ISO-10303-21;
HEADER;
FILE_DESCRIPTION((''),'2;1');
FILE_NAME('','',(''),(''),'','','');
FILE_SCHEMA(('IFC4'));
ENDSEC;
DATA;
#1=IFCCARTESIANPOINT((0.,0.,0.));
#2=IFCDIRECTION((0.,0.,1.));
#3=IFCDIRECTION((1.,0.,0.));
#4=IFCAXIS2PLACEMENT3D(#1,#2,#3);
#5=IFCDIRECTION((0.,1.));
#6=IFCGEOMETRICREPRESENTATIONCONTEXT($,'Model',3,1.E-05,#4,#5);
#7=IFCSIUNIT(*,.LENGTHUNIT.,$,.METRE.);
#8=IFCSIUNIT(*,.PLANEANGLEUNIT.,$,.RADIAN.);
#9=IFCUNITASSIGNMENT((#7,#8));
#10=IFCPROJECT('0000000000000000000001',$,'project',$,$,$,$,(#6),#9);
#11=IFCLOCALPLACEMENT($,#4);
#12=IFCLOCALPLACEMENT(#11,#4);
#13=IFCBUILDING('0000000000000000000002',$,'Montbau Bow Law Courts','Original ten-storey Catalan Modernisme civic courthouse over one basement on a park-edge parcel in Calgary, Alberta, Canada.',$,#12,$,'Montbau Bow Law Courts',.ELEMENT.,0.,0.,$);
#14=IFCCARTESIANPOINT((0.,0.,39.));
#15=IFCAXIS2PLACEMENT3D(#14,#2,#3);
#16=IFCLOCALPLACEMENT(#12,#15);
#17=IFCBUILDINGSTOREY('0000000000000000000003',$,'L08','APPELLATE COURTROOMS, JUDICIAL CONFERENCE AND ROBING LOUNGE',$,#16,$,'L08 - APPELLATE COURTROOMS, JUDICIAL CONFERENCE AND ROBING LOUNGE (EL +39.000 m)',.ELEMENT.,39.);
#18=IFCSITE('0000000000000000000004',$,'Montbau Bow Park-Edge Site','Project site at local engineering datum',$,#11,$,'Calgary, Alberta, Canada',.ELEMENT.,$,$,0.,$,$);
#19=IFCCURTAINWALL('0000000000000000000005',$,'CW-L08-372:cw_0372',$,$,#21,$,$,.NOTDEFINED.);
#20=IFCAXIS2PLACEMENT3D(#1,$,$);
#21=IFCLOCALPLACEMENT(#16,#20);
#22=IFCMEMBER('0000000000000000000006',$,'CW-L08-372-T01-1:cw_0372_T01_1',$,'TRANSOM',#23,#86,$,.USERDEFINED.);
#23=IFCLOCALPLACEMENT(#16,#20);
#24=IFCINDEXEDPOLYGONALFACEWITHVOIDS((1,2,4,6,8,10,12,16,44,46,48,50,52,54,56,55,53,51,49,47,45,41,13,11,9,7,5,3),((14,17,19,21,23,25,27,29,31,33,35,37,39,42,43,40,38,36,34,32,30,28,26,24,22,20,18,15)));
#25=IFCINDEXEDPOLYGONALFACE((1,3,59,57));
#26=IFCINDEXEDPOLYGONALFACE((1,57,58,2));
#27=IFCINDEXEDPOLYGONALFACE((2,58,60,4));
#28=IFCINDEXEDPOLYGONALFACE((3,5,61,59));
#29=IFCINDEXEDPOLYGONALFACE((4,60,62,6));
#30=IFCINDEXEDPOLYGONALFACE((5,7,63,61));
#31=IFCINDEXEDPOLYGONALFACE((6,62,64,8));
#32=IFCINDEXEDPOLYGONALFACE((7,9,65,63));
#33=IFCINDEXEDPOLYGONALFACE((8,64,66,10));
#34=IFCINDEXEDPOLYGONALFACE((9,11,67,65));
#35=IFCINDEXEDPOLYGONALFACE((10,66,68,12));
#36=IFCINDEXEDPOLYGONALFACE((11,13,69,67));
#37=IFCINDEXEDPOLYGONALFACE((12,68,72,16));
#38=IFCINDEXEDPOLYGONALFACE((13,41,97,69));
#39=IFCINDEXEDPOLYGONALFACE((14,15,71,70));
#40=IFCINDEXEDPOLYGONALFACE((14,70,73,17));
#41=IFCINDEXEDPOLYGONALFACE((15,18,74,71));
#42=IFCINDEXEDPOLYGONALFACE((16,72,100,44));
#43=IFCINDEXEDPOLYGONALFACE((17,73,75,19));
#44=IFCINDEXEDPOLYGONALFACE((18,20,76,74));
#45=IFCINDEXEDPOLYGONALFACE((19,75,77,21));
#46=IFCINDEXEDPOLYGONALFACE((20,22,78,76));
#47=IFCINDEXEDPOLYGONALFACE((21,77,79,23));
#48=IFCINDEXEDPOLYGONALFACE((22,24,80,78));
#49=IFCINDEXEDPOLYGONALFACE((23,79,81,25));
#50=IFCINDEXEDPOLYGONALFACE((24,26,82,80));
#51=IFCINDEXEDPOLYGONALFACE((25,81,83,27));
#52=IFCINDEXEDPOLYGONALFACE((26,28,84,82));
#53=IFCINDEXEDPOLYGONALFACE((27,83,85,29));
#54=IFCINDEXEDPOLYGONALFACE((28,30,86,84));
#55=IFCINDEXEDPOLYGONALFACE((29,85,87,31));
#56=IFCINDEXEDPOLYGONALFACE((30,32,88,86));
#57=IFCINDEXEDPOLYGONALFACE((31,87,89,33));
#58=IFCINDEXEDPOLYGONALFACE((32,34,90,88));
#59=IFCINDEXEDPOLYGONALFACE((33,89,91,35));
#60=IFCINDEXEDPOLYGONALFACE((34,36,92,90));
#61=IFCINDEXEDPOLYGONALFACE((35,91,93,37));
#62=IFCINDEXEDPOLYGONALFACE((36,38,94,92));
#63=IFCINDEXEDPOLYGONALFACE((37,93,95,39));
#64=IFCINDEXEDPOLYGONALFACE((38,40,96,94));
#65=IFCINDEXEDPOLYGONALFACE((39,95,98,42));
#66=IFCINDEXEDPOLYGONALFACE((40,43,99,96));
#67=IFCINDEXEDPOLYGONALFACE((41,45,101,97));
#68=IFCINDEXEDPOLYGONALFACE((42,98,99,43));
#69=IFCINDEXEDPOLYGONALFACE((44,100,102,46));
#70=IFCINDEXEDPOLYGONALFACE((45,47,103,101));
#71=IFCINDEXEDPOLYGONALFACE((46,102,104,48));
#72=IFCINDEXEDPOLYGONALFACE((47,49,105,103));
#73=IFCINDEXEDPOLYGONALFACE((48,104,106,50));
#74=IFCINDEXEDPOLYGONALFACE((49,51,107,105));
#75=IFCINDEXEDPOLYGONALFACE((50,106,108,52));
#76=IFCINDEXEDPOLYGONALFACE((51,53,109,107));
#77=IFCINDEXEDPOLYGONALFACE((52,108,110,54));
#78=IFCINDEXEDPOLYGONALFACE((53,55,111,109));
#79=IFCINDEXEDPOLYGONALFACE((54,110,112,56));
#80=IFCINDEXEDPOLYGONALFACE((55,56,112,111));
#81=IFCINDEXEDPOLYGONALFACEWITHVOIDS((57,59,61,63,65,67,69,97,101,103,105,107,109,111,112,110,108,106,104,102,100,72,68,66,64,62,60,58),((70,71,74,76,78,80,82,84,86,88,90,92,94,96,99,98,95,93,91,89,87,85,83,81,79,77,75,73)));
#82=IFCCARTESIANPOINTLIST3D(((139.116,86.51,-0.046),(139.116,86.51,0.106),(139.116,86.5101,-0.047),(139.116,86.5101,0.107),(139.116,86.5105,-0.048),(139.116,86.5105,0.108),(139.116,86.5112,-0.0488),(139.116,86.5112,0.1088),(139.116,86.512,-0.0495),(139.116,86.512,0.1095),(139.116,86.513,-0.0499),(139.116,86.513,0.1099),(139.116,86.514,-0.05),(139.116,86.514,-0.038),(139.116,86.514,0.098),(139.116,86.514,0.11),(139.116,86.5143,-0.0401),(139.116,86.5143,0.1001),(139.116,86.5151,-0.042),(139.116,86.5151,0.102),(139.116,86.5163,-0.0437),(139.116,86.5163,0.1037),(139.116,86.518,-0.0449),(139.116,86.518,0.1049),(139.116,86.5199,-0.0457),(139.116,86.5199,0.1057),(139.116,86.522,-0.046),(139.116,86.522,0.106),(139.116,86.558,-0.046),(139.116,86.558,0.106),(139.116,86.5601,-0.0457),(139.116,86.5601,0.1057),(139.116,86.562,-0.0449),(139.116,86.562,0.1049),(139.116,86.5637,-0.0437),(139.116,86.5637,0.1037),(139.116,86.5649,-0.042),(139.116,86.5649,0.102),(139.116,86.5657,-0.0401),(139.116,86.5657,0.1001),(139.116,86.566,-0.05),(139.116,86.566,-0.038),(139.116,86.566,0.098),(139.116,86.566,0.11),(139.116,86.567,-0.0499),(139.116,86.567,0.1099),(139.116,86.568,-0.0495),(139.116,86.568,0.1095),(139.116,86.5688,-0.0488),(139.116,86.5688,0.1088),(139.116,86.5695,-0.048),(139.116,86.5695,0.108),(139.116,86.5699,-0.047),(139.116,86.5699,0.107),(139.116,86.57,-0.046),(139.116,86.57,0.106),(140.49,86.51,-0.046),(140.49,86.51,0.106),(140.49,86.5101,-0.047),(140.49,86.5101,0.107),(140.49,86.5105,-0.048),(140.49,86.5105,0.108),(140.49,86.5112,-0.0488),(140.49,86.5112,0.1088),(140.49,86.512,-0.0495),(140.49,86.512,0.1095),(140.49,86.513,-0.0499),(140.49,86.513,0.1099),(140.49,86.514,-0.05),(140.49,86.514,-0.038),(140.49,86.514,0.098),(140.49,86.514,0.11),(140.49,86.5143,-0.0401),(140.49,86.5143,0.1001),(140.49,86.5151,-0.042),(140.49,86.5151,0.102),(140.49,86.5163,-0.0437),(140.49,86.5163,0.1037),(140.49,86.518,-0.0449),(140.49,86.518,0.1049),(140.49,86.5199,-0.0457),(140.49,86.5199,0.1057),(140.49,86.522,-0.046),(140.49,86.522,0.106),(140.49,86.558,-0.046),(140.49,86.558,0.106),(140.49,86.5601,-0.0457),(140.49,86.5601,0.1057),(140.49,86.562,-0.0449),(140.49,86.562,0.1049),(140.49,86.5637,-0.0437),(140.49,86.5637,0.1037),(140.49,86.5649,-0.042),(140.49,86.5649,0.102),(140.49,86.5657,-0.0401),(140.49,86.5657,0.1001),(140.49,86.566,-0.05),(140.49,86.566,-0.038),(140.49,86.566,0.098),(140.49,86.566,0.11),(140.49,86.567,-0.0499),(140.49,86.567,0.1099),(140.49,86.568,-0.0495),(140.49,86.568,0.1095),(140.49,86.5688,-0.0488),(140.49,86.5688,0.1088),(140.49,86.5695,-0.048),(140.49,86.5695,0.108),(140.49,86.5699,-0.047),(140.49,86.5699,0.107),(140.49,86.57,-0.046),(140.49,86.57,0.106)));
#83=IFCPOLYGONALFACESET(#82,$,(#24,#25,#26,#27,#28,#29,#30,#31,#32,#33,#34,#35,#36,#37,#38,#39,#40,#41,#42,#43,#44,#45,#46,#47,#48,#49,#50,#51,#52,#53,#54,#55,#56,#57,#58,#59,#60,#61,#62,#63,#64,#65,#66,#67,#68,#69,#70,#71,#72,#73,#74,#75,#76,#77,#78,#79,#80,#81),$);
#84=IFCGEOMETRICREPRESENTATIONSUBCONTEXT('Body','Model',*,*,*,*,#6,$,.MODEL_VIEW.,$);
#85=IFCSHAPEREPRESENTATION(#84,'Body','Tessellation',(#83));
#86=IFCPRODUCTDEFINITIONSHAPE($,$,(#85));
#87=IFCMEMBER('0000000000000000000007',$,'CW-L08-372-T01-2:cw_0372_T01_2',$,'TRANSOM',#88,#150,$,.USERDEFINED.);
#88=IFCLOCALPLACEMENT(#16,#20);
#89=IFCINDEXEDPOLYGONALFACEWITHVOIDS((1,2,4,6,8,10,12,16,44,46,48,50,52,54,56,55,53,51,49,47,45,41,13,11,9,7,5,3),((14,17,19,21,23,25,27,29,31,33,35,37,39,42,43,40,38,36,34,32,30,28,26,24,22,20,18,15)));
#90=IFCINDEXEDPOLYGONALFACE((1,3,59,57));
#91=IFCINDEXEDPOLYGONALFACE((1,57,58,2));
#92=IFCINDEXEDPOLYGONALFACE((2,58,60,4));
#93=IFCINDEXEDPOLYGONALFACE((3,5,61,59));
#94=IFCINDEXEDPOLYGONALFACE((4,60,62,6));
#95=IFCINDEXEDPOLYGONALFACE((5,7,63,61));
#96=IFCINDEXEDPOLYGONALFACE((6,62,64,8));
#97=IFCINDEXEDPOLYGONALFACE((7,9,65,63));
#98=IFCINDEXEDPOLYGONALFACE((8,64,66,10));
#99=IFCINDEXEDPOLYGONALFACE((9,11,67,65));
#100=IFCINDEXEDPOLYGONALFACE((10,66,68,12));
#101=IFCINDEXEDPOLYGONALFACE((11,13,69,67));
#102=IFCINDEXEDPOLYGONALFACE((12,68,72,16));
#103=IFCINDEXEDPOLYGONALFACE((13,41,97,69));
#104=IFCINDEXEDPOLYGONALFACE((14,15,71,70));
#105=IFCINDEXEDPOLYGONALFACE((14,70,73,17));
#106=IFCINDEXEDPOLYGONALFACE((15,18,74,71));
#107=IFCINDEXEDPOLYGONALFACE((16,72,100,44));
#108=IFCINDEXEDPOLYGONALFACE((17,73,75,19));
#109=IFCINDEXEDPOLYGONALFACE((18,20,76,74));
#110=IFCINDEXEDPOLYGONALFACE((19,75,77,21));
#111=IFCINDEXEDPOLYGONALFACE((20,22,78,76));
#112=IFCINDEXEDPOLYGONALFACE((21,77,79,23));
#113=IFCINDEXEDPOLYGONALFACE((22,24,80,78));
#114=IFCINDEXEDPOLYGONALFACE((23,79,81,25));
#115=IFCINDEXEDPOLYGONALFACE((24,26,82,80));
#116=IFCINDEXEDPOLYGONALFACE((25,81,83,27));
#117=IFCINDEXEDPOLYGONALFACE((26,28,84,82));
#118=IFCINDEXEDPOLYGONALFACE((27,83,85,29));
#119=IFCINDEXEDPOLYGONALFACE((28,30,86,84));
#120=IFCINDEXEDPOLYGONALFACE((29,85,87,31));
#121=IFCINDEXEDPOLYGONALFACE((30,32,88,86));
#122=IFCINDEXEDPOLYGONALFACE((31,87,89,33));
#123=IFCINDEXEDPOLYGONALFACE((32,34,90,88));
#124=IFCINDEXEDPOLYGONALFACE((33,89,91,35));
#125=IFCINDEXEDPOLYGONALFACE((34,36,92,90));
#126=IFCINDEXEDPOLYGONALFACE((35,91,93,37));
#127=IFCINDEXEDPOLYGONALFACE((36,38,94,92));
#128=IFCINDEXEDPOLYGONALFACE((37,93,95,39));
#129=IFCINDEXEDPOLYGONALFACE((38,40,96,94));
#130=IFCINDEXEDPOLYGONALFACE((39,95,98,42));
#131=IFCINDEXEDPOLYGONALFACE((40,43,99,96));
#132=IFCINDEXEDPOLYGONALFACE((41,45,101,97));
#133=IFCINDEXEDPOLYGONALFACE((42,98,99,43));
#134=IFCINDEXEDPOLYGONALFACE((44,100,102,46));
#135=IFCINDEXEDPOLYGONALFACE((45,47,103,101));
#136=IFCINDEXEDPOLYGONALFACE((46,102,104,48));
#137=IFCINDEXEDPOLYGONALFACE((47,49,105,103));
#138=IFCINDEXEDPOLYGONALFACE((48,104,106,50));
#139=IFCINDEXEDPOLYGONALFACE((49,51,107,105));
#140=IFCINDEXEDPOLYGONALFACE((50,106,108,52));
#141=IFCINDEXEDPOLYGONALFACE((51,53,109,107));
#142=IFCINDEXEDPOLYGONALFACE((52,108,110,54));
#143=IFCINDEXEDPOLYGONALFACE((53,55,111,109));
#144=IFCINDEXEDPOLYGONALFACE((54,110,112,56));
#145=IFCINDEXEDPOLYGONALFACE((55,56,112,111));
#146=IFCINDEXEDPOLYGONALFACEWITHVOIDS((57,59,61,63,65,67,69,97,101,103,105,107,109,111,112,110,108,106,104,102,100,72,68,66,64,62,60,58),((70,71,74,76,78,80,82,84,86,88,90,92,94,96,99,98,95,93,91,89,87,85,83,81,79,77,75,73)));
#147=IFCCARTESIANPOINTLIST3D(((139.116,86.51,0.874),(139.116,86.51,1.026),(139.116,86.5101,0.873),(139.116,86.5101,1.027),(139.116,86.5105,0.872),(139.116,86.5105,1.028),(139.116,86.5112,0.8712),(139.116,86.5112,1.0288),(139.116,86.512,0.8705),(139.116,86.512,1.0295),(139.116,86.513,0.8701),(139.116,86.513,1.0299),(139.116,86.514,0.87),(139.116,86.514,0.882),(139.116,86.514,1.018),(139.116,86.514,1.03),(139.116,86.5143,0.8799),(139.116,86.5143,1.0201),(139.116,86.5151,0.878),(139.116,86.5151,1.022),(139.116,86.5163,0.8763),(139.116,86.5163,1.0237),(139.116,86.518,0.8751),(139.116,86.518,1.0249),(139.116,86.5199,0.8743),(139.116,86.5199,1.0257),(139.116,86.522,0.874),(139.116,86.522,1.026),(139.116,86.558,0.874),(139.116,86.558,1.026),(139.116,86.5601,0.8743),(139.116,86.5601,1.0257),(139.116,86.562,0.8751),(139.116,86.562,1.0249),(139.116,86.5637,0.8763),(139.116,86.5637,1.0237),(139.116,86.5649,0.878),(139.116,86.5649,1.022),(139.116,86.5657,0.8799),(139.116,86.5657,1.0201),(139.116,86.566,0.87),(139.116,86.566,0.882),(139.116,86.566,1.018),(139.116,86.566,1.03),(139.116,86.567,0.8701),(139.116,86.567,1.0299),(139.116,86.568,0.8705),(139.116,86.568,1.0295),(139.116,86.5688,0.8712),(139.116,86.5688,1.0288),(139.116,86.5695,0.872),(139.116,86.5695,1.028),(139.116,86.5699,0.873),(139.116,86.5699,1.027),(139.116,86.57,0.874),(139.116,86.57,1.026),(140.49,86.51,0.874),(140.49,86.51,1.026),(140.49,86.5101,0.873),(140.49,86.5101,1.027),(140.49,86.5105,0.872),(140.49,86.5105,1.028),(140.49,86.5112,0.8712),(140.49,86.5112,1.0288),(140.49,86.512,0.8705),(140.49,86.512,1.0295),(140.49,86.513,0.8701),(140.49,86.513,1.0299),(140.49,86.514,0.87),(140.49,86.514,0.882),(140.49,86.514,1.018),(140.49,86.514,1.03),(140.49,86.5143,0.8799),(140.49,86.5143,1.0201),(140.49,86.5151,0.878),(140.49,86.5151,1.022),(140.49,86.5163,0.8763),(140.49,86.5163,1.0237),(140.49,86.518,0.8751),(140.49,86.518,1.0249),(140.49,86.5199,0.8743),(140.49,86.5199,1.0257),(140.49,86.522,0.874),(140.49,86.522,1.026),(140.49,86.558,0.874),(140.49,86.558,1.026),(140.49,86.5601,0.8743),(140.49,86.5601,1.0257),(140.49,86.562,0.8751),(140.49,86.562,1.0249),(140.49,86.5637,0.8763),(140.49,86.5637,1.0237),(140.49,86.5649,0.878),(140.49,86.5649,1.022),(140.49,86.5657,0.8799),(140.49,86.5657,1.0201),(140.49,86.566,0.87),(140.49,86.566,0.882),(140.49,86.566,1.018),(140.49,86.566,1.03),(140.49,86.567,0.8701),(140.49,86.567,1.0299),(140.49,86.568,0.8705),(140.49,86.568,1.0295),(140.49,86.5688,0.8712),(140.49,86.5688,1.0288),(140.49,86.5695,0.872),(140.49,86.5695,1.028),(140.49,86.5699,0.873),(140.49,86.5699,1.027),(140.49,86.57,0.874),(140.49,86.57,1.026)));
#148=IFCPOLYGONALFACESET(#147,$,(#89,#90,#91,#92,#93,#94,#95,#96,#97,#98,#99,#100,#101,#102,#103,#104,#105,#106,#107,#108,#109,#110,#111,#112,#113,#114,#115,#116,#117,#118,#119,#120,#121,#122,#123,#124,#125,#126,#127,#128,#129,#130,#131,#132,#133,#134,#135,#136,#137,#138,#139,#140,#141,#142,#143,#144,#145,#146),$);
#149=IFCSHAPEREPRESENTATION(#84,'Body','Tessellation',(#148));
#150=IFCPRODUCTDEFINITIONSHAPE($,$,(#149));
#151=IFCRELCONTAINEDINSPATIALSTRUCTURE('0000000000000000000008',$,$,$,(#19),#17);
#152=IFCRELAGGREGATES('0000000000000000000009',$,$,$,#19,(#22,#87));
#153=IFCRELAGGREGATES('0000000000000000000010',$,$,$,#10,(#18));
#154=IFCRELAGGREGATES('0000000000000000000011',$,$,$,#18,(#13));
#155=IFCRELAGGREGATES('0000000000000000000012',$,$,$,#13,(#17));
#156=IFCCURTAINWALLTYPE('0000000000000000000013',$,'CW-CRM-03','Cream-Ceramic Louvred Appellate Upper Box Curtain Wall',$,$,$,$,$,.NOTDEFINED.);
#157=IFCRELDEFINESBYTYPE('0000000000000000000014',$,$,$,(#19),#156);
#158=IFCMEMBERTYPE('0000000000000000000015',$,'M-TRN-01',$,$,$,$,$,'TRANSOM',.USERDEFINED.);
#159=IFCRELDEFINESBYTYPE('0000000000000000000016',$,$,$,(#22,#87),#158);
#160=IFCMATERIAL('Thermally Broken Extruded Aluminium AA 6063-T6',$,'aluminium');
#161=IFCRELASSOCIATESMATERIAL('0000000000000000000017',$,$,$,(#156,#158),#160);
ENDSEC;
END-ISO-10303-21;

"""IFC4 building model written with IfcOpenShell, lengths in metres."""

from ifc_helpers import new_model, si_unit, direction, frame, origin_with_axes, origin_2d_with_axis, place, context, subcontext, project, spatial, hollow_rectangle, extrude, material, material_profile, profile_set, type_object, element, aggregate, save


model = new_model("IFC4")

# Units and contexts
model_context = context("Model", 3, precision=1e-05, world=origin_with_axes(), true_north=direction((0.0, 1.0)))
body_context = subcontext(model_context, "Body", "Model", "MODEL_VIEW")
ifc_project = project(units=[si_unit("LENGTHUNIT", "METRE"), si_unit("PLANEANGLEUNIT", "RADIAN")], contexts=[model_context])

# Site, building, storey
site_placement = place(None, origin_with_axes())
site = spatial("IfcSite", under=ifc_project, at=site_placement, Name="Montbau Bow Park-Edge Site", Description="Project site at local engineering datum", LongName="Calgary, Alberta, Canada", CompositionType="ELEMENT", RefElevation=0.0)
building_placement = place(site_placement, origin_with_axes())
building = spatial("IfcBuilding", under=site, at=building_placement, Name="Montbau Bow Law Courts", Description="Original ten-storey Catalan Modernisme civic courthouse over one basement on a park-edge parcel in Calgary, Alberta, Canada.", LongName="Montbau Bow Law Courts", CompositionType="ELEMENT", ElevationOfRefHeight=0.0, ElevationOfTerrain=0.0)
storey_placement = place(building_placement, frame((0.0, 0.0, 39.0), z_axis=(0.0, 0.0, 1.0), x_axis=(1.0, 0.0, 0.0)))
storey = spatial("IfcBuildingStorey", under=building, at=storey_placement, Name="L08", Description="APPELLATE COURTROOMS, JUDICIAL CONFERENCE AND ROBING LOUNGE", LongName="L08 - APPELLATE COURTROOMS, JUDICIAL CONFERENCE AND ROBING LOUNGE (EL +39.000 m)", CompositionType="ELEMENT", Elevation=39.0)

# Curtain wall, members
ifc_material_1 = material(Name="Thermally Broken Extruded Aluminium AA 6063-T6", Category="aluminium")
curtain_wall_type = type_object("IfcCurtainWallType", Name="CW-CRM-03", Description="Cream-Ceramic Louvred Appellate Upper Box Curtain Wall", PredefinedType="NOTDEFINED", material=ifc_material_1)
curtain_wall_placement = place(None, frame((139.04, 86.54, 39.0), z_axis=(0.0, 0.0, 1.0), x_axis=(1.0, 0.0, 0.0)))
curtain_wall = element("IfcCurtainWall", 1, at=curtain_wall_placement, inside=storey, type_object=curtain_wall_type, Name="CW-L08-372:cw_0372", PredefinedType="NOTDEFINED")
ifc_material_profile_1 = material_profile(ifc_material_1, hollow_rectangle(XDim=0.06, YDim=0.16, WallThickness=0.004, InnerFilletRadius=0.008, OuterFilletRadius=0.004, at=origin_2d_with_axis()), Name="CWT-160X60", Category="Main", Priority=0)
ifc_profile_set_1 = profile_set([ifc_material_profile_1], Name="Thermally Broken Extruded Aluminium AA 6063-T6")
member_type_1 = type_object("IfcMemberType", Name="M-TRN-01", ElementType="TRANSOM", PredefinedType="USERDEFINED", material=ifc_profile_set_1)
member_1_placement = place(None, frame((139.116, 86.54, 39.03), z_axis=(1.0, 0.0, 0.0), x_axis=(0.0, 1.0, 0.0)))
member_1 = element("IfcMember", 2, at=member_1_placement, type_object=member_type_1, Name="CW-L08-372-T01-1:cw_0372_T01_1", ObjectType="TRANSOM", PredefinedType="USERDEFINED", context=body_context, shape_type="SweptSolid", body=[
    extrude(hollow_rectangle(XDim=0.06, YDim=0.16, WallThickness=0.004, InnerFilletRadius=0.008, OuterFilletRadius=0.004, at=origin_2d_with_axis()), origin_with_axes(), (0.0, 0.0, 1.0), 1.374),
])
member_2_placement = place(None, frame((139.116, 86.54, 39.95), z_axis=(1.0, 0.0, 0.0), x_axis=(0.0, 1.0, 0.0)))
member_2 = element("IfcMember", 3, at=member_2_placement, type_object=member_type_1, Name="CW-L08-372-T01-2:cw_0372_T01_2", ObjectType="TRANSOM", PredefinedType="USERDEFINED", context=body_context, shape_type="SweptSolid", body=[
    extrude(hollow_rectangle(XDim=0.06, YDim=0.16, WallThickness=0.004, InnerFilletRadius=0.008, OuterFilletRadius=0.004, at=origin_2d_with_axis()), origin_with_axes(), (0.0, 0.0, 1.0), 1.374),
])
aggregate(curtain_wall, [member_1, member_2])

save(model, "model.ifc")
